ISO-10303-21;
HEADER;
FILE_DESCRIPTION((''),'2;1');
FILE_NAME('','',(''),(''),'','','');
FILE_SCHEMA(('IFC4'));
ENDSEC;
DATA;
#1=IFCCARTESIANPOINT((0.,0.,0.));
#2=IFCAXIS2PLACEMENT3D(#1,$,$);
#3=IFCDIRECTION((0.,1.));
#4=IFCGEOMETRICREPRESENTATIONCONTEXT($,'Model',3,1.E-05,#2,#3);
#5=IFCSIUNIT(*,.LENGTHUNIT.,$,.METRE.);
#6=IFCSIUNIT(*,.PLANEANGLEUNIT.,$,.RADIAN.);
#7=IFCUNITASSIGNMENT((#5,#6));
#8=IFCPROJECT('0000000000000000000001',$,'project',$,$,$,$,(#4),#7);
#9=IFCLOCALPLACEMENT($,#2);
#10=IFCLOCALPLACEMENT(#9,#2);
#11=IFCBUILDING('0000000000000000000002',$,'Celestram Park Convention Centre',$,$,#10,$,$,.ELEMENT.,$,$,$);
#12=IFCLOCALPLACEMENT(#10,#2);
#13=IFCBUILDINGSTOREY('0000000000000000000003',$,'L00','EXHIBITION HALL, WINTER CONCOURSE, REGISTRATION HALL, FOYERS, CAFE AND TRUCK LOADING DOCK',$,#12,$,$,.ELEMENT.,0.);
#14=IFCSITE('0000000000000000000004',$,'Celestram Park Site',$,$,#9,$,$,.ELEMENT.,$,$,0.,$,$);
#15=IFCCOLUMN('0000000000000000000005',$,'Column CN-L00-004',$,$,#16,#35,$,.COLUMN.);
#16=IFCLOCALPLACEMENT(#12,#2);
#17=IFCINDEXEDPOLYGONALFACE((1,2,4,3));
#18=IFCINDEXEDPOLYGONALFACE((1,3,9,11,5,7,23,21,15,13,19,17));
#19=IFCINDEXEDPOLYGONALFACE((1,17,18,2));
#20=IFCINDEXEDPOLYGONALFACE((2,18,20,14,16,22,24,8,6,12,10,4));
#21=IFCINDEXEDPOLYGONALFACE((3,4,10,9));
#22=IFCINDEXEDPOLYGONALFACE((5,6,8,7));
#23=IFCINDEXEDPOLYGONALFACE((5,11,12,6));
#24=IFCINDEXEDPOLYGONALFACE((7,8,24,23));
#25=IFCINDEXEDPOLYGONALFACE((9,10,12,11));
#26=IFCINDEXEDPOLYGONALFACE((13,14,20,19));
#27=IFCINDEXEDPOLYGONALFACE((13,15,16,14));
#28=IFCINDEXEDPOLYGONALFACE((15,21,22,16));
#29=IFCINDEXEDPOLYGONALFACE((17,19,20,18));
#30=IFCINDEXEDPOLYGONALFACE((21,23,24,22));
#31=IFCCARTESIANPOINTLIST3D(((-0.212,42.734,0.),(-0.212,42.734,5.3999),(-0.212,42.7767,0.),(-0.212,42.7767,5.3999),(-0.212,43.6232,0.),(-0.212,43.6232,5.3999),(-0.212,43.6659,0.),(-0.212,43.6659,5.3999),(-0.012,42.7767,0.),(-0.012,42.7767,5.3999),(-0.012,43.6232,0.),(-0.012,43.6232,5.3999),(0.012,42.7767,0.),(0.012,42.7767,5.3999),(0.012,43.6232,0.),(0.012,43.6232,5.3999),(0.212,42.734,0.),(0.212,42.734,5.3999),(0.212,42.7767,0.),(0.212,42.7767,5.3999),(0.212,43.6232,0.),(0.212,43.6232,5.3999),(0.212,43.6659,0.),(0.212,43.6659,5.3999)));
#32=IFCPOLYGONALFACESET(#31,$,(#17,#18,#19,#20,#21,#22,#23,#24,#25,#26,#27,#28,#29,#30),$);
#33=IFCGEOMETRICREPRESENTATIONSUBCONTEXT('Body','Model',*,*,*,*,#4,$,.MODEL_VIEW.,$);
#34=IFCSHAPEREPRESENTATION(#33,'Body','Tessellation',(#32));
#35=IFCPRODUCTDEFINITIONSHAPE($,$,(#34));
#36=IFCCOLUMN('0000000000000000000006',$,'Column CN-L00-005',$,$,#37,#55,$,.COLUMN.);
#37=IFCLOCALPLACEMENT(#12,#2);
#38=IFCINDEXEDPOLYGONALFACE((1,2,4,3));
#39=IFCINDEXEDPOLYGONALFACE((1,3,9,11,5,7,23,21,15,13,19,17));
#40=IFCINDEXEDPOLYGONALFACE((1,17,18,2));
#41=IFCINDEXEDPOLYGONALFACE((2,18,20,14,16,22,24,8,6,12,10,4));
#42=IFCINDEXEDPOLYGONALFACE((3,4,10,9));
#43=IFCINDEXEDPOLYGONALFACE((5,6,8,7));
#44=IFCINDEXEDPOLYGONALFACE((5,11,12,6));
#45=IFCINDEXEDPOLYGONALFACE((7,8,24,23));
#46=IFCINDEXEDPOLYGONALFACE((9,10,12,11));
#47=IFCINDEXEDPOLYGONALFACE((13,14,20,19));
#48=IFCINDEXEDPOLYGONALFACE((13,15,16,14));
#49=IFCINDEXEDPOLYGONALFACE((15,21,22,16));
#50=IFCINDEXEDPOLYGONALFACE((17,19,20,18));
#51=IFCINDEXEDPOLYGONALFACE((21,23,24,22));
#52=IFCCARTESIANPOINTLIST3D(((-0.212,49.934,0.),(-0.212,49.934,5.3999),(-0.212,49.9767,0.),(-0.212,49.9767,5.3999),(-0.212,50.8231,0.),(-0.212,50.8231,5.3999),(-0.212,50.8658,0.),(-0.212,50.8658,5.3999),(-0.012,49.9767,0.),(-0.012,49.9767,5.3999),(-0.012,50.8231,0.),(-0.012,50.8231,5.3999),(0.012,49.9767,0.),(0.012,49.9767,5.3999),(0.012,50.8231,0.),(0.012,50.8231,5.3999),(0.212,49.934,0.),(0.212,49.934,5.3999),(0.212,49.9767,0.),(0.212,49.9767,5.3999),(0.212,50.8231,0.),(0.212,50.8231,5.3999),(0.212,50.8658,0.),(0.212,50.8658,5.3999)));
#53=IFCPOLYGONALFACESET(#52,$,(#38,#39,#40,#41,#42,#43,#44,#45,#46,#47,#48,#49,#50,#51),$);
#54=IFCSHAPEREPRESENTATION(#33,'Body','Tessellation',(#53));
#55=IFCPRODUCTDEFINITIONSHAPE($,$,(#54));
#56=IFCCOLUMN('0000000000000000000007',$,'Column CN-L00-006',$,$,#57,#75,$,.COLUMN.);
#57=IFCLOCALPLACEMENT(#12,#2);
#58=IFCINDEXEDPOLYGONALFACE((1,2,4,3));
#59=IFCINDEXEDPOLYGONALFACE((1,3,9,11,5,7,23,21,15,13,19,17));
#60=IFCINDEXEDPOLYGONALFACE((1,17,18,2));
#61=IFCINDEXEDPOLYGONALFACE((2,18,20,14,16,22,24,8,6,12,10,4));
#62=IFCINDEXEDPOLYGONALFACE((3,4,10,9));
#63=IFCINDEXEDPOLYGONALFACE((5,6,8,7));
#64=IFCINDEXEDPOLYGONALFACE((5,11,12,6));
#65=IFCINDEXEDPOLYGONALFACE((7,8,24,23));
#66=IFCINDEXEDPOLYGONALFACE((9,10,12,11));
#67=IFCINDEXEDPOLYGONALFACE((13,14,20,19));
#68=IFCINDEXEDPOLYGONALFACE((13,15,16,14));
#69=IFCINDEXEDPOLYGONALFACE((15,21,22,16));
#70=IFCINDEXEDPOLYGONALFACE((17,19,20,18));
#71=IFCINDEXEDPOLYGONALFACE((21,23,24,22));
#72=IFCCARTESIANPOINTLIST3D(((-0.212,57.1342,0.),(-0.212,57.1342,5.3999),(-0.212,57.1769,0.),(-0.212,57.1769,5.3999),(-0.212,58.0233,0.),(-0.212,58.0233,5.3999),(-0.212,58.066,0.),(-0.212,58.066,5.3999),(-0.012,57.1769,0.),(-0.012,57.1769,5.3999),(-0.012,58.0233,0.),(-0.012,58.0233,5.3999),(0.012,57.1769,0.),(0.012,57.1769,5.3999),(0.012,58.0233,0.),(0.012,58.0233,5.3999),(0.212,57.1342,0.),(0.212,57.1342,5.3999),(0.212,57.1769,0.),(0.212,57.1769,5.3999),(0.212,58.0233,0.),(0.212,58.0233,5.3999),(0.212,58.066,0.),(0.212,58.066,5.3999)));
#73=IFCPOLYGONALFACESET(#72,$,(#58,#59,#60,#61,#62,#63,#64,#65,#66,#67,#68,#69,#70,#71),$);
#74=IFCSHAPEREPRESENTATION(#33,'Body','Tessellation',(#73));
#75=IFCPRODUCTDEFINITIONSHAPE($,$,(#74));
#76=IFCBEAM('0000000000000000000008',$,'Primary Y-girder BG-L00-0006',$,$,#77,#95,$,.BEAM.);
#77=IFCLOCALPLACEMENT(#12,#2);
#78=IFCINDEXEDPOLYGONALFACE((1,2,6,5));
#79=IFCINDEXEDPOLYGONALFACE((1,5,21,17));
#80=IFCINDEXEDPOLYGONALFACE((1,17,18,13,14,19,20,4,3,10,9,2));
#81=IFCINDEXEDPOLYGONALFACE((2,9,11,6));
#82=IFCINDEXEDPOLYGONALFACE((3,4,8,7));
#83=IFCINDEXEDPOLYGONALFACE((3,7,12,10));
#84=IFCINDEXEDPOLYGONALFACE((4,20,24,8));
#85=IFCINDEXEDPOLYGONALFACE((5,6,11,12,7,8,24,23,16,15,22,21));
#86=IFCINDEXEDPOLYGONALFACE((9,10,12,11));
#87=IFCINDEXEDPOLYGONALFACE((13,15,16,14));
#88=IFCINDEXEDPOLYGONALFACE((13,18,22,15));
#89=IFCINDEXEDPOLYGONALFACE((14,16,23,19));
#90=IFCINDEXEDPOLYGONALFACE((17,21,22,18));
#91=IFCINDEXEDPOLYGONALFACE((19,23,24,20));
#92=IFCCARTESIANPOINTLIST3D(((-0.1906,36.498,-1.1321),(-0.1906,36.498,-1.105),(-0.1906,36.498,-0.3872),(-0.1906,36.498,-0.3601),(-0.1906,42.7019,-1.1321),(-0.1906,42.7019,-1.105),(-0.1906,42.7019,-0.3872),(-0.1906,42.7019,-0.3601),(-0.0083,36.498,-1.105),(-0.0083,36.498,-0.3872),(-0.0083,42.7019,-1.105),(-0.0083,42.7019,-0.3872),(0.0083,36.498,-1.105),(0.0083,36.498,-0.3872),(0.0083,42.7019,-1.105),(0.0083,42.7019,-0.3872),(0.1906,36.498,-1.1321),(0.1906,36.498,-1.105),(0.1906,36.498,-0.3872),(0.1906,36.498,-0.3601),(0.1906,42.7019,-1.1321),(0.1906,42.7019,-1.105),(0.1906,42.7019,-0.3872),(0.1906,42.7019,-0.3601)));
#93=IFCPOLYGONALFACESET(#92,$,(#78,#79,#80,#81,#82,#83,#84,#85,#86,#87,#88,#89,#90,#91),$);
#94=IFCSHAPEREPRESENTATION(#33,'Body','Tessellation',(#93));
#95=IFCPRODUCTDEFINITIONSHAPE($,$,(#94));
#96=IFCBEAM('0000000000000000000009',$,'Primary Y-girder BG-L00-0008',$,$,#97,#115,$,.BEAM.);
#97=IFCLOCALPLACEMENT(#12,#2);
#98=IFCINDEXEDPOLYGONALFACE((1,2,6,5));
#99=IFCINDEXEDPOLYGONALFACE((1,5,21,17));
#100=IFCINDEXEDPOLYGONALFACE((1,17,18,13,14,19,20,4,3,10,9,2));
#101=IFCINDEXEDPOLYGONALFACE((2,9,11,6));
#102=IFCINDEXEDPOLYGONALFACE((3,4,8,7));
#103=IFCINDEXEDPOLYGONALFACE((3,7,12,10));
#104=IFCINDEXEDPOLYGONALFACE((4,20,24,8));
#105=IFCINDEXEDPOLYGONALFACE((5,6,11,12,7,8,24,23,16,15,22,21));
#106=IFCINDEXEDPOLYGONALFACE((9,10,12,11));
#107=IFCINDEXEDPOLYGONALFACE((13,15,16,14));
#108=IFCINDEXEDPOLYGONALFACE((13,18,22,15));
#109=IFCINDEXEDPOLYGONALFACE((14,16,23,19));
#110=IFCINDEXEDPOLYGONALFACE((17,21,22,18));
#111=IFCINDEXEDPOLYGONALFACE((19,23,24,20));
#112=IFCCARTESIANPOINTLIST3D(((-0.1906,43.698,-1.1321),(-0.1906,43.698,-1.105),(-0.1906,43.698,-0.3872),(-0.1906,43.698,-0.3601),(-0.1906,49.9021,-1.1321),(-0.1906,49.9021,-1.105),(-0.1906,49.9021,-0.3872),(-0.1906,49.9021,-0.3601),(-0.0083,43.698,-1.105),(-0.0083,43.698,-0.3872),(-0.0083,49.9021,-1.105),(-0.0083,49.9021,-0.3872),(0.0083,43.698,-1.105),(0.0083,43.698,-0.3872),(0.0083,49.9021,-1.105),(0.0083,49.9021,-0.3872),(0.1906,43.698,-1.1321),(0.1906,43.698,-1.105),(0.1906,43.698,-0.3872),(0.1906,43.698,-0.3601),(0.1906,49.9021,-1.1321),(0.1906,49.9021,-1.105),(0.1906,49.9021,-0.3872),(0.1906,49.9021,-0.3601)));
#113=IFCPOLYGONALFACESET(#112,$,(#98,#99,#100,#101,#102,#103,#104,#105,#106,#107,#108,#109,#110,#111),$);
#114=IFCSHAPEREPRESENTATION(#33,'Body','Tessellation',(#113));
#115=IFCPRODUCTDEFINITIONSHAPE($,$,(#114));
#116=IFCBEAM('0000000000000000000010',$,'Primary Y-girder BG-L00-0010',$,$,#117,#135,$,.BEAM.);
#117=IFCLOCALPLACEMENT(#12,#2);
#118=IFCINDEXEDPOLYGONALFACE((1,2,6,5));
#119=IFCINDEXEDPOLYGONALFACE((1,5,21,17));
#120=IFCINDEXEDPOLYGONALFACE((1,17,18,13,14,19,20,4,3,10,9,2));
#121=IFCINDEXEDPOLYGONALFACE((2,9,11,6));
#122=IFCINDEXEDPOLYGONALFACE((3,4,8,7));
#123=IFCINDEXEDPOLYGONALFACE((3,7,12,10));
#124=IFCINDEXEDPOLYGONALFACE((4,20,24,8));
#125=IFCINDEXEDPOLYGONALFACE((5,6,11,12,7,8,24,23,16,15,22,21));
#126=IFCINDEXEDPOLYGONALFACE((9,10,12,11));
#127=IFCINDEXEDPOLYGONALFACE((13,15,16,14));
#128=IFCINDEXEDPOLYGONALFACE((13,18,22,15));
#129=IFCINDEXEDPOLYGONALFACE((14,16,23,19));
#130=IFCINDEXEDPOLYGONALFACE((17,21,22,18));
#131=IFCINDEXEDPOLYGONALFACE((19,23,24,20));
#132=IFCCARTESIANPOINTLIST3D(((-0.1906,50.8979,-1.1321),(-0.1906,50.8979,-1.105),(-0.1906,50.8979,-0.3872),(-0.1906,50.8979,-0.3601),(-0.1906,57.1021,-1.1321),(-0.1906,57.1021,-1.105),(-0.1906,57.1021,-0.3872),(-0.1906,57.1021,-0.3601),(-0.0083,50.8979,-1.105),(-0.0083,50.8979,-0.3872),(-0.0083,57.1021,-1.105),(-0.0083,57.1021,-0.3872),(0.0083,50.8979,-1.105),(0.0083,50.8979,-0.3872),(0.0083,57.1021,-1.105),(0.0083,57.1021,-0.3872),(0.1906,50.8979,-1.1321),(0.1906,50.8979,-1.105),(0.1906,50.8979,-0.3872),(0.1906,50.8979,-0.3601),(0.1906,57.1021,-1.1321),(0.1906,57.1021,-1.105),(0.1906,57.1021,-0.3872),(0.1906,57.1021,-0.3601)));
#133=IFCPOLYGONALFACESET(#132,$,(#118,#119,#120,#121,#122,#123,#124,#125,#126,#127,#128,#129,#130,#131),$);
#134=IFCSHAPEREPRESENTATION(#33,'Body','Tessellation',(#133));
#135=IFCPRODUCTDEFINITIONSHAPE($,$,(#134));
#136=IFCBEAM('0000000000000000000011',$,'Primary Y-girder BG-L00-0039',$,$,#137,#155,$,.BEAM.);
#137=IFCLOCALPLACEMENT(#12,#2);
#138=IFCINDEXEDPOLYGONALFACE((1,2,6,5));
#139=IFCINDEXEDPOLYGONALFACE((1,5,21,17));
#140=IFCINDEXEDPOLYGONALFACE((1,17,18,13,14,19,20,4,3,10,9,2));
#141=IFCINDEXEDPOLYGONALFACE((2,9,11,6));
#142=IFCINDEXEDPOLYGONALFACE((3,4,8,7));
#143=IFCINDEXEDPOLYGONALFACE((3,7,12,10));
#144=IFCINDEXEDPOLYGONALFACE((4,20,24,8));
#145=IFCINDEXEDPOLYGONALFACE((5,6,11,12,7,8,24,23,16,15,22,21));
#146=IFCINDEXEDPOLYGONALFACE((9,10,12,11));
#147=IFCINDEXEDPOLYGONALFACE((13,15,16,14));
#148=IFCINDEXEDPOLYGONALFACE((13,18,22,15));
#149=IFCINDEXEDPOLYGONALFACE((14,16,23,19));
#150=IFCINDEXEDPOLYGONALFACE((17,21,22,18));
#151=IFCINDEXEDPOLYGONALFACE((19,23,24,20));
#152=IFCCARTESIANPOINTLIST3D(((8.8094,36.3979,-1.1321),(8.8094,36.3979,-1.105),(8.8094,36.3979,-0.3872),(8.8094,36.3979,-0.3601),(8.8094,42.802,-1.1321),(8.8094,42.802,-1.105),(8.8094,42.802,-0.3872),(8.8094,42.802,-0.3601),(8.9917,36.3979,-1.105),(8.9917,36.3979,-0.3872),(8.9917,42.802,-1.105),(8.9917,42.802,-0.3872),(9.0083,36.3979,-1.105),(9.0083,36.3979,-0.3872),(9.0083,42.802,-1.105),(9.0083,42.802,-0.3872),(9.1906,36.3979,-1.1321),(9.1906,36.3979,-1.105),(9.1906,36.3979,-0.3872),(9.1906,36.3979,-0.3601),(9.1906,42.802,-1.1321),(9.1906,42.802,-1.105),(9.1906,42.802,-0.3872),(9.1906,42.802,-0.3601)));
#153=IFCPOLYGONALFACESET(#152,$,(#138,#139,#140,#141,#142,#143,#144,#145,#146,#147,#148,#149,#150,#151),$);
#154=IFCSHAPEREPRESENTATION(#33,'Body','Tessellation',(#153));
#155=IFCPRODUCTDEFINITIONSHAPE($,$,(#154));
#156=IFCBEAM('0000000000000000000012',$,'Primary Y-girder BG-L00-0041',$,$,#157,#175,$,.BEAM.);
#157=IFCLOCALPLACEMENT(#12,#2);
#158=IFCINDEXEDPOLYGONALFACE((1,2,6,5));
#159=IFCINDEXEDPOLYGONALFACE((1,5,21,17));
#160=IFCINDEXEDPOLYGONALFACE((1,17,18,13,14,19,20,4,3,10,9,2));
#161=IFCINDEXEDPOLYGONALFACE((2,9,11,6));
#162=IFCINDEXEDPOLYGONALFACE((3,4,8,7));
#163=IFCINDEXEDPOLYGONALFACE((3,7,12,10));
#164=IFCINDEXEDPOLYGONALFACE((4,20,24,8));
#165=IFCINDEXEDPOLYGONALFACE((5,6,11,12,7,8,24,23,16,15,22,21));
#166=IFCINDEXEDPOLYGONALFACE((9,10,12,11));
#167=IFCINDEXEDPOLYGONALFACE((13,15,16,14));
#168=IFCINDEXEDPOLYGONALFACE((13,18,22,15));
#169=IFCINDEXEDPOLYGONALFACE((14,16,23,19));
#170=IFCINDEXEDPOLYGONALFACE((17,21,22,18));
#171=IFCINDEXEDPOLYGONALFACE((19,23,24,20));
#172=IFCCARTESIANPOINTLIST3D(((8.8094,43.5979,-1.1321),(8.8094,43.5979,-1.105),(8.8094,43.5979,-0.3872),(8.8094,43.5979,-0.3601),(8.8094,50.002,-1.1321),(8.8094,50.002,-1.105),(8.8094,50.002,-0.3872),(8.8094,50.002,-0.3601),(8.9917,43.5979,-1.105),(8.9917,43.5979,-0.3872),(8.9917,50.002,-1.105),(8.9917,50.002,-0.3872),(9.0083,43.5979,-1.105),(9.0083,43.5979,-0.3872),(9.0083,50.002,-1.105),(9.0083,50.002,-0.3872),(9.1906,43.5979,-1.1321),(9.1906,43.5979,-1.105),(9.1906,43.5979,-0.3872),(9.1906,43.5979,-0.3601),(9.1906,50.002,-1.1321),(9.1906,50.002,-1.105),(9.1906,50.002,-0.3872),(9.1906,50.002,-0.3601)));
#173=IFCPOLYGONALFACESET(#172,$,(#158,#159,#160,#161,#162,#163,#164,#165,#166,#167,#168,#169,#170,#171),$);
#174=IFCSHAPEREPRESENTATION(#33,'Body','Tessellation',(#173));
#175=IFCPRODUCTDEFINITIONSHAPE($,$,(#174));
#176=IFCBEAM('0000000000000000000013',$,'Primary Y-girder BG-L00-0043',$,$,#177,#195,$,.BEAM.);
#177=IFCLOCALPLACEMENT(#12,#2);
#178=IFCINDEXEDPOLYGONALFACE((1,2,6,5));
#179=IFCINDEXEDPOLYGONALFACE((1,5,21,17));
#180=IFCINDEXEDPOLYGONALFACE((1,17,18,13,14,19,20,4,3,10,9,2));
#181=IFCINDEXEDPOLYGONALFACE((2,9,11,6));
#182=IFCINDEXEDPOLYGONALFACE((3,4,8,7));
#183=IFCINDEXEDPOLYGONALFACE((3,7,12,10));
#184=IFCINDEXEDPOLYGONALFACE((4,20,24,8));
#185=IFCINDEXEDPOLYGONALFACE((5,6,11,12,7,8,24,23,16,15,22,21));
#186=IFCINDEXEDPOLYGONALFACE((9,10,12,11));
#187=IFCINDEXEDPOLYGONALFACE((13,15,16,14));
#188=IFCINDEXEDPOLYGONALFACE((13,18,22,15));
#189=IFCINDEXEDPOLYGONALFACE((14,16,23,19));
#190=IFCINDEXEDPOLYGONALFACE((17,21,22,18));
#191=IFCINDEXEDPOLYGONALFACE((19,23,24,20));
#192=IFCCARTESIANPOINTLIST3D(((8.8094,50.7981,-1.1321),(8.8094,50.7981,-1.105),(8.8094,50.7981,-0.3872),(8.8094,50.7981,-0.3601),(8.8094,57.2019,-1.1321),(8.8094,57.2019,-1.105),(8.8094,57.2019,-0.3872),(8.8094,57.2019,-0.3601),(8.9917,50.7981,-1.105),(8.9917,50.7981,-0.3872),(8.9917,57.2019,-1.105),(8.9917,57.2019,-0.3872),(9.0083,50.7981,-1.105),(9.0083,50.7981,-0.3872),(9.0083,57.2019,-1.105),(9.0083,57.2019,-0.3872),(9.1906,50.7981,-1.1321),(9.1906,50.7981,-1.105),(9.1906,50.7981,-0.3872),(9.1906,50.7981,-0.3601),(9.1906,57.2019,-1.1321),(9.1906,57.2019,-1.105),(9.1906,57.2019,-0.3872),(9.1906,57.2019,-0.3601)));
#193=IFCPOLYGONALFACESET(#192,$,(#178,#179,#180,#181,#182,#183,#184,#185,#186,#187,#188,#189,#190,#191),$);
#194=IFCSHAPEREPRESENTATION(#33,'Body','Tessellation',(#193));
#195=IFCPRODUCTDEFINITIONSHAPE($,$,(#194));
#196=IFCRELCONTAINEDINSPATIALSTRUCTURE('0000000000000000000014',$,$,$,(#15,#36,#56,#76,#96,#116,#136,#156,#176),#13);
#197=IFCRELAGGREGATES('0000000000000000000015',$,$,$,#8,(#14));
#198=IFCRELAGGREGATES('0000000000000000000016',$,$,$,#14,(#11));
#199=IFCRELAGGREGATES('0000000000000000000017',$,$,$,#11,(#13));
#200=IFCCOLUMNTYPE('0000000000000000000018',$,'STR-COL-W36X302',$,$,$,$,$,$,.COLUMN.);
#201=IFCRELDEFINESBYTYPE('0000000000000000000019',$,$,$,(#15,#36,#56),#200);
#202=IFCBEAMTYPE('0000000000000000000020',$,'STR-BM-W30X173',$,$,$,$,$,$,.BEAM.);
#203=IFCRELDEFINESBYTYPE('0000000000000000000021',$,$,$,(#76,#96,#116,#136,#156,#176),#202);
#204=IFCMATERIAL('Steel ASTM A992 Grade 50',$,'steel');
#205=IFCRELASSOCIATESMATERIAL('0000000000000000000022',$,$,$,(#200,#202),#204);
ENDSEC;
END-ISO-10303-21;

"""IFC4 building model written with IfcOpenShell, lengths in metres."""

from ifc_helpers import new_model, si_unit, direction, frame, origin, origin_2d, place, context, subcontext, project, spatial, i_section, extrude, material, material_profile, profile_set, type_object, element, save


model = new_model("IFC4")

# Units and contexts
model_context = context("Model", 3, precision=1e-05, world=origin(), true_north=direction((0.0, 1.0)))
body_context = subcontext(model_context, "Body", "Model", "MODEL_VIEW")
ifc_project = project(units=[si_unit("LENGTHUNIT", "METRE"), si_unit("PLANEANGLEUNIT", "RADIAN")], contexts=[model_context])

# Site, building, storey
site_placement = place(None, origin())
site = spatial("IfcSite", under=ifc_project, at=site_placement, Name="Celestram Park Site", CompositionType="ELEMENT", RefElevation=0.0)
building_placement = place(site_placement, origin())
building = spatial("IfcBuilding", under=site, at=building_placement, Name="Celestram Park Convention Centre", CompositionType="ELEMENT")
storey_placement = place(building_placement, origin())
storey = spatial("IfcBuildingStorey", under=building, at=storey_placement, Name="L00", Description="EXHIBITION HALL, WINTER CONCOURSE, REGISTRATION HALL, FOYERS, CAFE AND TRUCK LOADING DOCK", CompositionType="ELEMENT", Elevation=0.0)

# Columns
ifc_material_1 = material(Name="Steel ASTM A992 Grade 50", Category="steel")
ifc_material_profile_1 = material_profile(ifc_material_1, i_section(OverallWidth=0.4241, OverallDepth=0.9319, WebThickness=0.0239, FlangeThickness=0.0427, at=origin_2d()), Name="W36X302")
ifc_profile_set_1 = profile_set([ifc_material_profile_1], Name="Steel ASTM A992 Grade 50")
column_type = type_object("IfcColumnType", Name="STR-COL-W36X302", PredefinedType="COLUMN", material=ifc_profile_set_1)
for number, where, z_axis, x_axis, name in (
    (1, (0.0, 43.2, 0.0), (0.0, 0.0, 1.0), (1.0, 0.0, 0.0), "Column CN-L00-004"),
    (2, (0.0, 50.3999, 0.0), (0.0, 0.0, 1.0), (1.0, 0.0, 0.0), "Column CN-L00-005"),
    (3, (0.0, 57.6001, 0.0), (0.0, 0.0, 1.0), (1.0, 0.0, 0.0), "Column CN-L00-006"),
):
    element("IfcColumn", number, at=place(storey_placement, frame(where, z_axis=z_axis, x_axis=x_axis)), inside=storey, type_object=column_type, Name=name, PredefinedType="COLUMN", context=body_context, shape_type="SweptSolid", body=[
        extrude(i_section(OverallWidth=0.4241, OverallDepth=0.9319, WebThickness=0.0239, FlangeThickness=0.0427, at=origin_2d()), origin(), (0.0, 0.0, 1.0), 5.3999),
    ])

# Beams
ifc_material_profile_2 = material_profile(ifc_material_1, i_section(OverallWidth=0.3811, OverallDepth=0.772, WebThickness=0.0166, FlangeThickness=0.0271, at=origin_2d()), Name="W30X173")
ifc_profile_set_2 = profile_set([ifc_material_profile_2], Name="Steel ASTM A992 Grade 50")
beam_type_1 = type_object("IfcBeamType", Name="STR-BM-W30X173", PredefinedType="BEAM", material=ifc_profile_set_2)
beam_1_placement = place(storey_placement, frame((0.0, 36.498, -0.7461), z_axis=(0.0, 1.0, 0.0), x_axis=(-1.0, 0.0, 0.0)))
element("IfcBeam", 4, at=beam_1_placement, inside=storey, type_object=beam_type_1, Name="Primary Y-girder BG-L00-0006", PredefinedType="BEAM", context=body_context, shape_type="SweptSolid", body=[
    extrude(i_section(OverallWidth=0.3811, OverallDepth=0.772, WebThickness=0.0166, FlangeThickness=0.0271, at=origin_2d()), origin(), (0.0, 0.0, 1.0), 6.2039),
])
for number, where, z_axis, x_axis, name in (
    (5, (0.0, 43.698, -0.7461), (0.0, 1.0, 0.0), (-1.0, 0.0, 0.0), "Primary Y-girder BG-L00-0008"),
    (6, (0.0, 50.8979, -0.7461), (0.0, 1.0, 0.0), (-1.0, 0.0, 0.0), "Primary Y-girder BG-L00-0010"),
):
    element("IfcBeam", number, at=place(storey_placement, frame(where, z_axis=z_axis, x_axis=x_axis)), inside=storey, type_object=beam_type_1, Name=name, PredefinedType="BEAM", context=body_context, shape_type="SweptSolid", body=[
        extrude(i_section(OverallWidth=0.3811, OverallDepth=0.772, WebThickness=0.0166, FlangeThickness=0.0271, at=origin_2d()), origin(), (0.0, 0.0, 1.0), 6.2041),
    ])
for number, where, z_axis, x_axis, name in (
    (7, (9.0, 36.3979, -0.7461), (0.0, 1.0, 0.0), (-1.0, 0.0, 0.0), "Primary Y-girder BG-L00-0039"),
    (8, (9.0, 43.5979, -0.7461), (0.0, 1.0, 0.0), (-1.0, 0.0, 0.0), "Primary Y-girder BG-L00-0041"),
):
    element("IfcBeam", number, at=place(storey_placement, frame(where, z_axis=z_axis, x_axis=x_axis)), inside=storey, type_object=beam_type_1, Name=name, PredefinedType="BEAM", context=body_context, shape_type="SweptSolid", body=[
        extrude(i_section(OverallWidth=0.3811, OverallDepth=0.772, WebThickness=0.0166, FlangeThickness=0.0271, at=origin_2d()), origin(), (0.0, 0.0, 1.0), 6.4041),
    ])
beam_2_placement = place(storey_placement, frame((9.0, 50.7981, -0.7461), z_axis=(0.0, 1.0, 0.0), x_axis=(-1.0, 0.0, 0.0)))
element("IfcBeam", 9, at=beam_2_placement, inside=storey, type_object=beam_type_1, Name="Primary Y-girder BG-L00-0043", PredefinedType="BEAM", context=body_context, shape_type="SweptSolid", body=[
    extrude(i_section(OverallWidth=0.3811, OverallDepth=0.772, WebThickness=0.0166, FlangeThickness=0.0271, at=origin_2d()), origin(), (0.0, 0.0, 1.0), 6.4038),
])

save(model, "model.ifc")
